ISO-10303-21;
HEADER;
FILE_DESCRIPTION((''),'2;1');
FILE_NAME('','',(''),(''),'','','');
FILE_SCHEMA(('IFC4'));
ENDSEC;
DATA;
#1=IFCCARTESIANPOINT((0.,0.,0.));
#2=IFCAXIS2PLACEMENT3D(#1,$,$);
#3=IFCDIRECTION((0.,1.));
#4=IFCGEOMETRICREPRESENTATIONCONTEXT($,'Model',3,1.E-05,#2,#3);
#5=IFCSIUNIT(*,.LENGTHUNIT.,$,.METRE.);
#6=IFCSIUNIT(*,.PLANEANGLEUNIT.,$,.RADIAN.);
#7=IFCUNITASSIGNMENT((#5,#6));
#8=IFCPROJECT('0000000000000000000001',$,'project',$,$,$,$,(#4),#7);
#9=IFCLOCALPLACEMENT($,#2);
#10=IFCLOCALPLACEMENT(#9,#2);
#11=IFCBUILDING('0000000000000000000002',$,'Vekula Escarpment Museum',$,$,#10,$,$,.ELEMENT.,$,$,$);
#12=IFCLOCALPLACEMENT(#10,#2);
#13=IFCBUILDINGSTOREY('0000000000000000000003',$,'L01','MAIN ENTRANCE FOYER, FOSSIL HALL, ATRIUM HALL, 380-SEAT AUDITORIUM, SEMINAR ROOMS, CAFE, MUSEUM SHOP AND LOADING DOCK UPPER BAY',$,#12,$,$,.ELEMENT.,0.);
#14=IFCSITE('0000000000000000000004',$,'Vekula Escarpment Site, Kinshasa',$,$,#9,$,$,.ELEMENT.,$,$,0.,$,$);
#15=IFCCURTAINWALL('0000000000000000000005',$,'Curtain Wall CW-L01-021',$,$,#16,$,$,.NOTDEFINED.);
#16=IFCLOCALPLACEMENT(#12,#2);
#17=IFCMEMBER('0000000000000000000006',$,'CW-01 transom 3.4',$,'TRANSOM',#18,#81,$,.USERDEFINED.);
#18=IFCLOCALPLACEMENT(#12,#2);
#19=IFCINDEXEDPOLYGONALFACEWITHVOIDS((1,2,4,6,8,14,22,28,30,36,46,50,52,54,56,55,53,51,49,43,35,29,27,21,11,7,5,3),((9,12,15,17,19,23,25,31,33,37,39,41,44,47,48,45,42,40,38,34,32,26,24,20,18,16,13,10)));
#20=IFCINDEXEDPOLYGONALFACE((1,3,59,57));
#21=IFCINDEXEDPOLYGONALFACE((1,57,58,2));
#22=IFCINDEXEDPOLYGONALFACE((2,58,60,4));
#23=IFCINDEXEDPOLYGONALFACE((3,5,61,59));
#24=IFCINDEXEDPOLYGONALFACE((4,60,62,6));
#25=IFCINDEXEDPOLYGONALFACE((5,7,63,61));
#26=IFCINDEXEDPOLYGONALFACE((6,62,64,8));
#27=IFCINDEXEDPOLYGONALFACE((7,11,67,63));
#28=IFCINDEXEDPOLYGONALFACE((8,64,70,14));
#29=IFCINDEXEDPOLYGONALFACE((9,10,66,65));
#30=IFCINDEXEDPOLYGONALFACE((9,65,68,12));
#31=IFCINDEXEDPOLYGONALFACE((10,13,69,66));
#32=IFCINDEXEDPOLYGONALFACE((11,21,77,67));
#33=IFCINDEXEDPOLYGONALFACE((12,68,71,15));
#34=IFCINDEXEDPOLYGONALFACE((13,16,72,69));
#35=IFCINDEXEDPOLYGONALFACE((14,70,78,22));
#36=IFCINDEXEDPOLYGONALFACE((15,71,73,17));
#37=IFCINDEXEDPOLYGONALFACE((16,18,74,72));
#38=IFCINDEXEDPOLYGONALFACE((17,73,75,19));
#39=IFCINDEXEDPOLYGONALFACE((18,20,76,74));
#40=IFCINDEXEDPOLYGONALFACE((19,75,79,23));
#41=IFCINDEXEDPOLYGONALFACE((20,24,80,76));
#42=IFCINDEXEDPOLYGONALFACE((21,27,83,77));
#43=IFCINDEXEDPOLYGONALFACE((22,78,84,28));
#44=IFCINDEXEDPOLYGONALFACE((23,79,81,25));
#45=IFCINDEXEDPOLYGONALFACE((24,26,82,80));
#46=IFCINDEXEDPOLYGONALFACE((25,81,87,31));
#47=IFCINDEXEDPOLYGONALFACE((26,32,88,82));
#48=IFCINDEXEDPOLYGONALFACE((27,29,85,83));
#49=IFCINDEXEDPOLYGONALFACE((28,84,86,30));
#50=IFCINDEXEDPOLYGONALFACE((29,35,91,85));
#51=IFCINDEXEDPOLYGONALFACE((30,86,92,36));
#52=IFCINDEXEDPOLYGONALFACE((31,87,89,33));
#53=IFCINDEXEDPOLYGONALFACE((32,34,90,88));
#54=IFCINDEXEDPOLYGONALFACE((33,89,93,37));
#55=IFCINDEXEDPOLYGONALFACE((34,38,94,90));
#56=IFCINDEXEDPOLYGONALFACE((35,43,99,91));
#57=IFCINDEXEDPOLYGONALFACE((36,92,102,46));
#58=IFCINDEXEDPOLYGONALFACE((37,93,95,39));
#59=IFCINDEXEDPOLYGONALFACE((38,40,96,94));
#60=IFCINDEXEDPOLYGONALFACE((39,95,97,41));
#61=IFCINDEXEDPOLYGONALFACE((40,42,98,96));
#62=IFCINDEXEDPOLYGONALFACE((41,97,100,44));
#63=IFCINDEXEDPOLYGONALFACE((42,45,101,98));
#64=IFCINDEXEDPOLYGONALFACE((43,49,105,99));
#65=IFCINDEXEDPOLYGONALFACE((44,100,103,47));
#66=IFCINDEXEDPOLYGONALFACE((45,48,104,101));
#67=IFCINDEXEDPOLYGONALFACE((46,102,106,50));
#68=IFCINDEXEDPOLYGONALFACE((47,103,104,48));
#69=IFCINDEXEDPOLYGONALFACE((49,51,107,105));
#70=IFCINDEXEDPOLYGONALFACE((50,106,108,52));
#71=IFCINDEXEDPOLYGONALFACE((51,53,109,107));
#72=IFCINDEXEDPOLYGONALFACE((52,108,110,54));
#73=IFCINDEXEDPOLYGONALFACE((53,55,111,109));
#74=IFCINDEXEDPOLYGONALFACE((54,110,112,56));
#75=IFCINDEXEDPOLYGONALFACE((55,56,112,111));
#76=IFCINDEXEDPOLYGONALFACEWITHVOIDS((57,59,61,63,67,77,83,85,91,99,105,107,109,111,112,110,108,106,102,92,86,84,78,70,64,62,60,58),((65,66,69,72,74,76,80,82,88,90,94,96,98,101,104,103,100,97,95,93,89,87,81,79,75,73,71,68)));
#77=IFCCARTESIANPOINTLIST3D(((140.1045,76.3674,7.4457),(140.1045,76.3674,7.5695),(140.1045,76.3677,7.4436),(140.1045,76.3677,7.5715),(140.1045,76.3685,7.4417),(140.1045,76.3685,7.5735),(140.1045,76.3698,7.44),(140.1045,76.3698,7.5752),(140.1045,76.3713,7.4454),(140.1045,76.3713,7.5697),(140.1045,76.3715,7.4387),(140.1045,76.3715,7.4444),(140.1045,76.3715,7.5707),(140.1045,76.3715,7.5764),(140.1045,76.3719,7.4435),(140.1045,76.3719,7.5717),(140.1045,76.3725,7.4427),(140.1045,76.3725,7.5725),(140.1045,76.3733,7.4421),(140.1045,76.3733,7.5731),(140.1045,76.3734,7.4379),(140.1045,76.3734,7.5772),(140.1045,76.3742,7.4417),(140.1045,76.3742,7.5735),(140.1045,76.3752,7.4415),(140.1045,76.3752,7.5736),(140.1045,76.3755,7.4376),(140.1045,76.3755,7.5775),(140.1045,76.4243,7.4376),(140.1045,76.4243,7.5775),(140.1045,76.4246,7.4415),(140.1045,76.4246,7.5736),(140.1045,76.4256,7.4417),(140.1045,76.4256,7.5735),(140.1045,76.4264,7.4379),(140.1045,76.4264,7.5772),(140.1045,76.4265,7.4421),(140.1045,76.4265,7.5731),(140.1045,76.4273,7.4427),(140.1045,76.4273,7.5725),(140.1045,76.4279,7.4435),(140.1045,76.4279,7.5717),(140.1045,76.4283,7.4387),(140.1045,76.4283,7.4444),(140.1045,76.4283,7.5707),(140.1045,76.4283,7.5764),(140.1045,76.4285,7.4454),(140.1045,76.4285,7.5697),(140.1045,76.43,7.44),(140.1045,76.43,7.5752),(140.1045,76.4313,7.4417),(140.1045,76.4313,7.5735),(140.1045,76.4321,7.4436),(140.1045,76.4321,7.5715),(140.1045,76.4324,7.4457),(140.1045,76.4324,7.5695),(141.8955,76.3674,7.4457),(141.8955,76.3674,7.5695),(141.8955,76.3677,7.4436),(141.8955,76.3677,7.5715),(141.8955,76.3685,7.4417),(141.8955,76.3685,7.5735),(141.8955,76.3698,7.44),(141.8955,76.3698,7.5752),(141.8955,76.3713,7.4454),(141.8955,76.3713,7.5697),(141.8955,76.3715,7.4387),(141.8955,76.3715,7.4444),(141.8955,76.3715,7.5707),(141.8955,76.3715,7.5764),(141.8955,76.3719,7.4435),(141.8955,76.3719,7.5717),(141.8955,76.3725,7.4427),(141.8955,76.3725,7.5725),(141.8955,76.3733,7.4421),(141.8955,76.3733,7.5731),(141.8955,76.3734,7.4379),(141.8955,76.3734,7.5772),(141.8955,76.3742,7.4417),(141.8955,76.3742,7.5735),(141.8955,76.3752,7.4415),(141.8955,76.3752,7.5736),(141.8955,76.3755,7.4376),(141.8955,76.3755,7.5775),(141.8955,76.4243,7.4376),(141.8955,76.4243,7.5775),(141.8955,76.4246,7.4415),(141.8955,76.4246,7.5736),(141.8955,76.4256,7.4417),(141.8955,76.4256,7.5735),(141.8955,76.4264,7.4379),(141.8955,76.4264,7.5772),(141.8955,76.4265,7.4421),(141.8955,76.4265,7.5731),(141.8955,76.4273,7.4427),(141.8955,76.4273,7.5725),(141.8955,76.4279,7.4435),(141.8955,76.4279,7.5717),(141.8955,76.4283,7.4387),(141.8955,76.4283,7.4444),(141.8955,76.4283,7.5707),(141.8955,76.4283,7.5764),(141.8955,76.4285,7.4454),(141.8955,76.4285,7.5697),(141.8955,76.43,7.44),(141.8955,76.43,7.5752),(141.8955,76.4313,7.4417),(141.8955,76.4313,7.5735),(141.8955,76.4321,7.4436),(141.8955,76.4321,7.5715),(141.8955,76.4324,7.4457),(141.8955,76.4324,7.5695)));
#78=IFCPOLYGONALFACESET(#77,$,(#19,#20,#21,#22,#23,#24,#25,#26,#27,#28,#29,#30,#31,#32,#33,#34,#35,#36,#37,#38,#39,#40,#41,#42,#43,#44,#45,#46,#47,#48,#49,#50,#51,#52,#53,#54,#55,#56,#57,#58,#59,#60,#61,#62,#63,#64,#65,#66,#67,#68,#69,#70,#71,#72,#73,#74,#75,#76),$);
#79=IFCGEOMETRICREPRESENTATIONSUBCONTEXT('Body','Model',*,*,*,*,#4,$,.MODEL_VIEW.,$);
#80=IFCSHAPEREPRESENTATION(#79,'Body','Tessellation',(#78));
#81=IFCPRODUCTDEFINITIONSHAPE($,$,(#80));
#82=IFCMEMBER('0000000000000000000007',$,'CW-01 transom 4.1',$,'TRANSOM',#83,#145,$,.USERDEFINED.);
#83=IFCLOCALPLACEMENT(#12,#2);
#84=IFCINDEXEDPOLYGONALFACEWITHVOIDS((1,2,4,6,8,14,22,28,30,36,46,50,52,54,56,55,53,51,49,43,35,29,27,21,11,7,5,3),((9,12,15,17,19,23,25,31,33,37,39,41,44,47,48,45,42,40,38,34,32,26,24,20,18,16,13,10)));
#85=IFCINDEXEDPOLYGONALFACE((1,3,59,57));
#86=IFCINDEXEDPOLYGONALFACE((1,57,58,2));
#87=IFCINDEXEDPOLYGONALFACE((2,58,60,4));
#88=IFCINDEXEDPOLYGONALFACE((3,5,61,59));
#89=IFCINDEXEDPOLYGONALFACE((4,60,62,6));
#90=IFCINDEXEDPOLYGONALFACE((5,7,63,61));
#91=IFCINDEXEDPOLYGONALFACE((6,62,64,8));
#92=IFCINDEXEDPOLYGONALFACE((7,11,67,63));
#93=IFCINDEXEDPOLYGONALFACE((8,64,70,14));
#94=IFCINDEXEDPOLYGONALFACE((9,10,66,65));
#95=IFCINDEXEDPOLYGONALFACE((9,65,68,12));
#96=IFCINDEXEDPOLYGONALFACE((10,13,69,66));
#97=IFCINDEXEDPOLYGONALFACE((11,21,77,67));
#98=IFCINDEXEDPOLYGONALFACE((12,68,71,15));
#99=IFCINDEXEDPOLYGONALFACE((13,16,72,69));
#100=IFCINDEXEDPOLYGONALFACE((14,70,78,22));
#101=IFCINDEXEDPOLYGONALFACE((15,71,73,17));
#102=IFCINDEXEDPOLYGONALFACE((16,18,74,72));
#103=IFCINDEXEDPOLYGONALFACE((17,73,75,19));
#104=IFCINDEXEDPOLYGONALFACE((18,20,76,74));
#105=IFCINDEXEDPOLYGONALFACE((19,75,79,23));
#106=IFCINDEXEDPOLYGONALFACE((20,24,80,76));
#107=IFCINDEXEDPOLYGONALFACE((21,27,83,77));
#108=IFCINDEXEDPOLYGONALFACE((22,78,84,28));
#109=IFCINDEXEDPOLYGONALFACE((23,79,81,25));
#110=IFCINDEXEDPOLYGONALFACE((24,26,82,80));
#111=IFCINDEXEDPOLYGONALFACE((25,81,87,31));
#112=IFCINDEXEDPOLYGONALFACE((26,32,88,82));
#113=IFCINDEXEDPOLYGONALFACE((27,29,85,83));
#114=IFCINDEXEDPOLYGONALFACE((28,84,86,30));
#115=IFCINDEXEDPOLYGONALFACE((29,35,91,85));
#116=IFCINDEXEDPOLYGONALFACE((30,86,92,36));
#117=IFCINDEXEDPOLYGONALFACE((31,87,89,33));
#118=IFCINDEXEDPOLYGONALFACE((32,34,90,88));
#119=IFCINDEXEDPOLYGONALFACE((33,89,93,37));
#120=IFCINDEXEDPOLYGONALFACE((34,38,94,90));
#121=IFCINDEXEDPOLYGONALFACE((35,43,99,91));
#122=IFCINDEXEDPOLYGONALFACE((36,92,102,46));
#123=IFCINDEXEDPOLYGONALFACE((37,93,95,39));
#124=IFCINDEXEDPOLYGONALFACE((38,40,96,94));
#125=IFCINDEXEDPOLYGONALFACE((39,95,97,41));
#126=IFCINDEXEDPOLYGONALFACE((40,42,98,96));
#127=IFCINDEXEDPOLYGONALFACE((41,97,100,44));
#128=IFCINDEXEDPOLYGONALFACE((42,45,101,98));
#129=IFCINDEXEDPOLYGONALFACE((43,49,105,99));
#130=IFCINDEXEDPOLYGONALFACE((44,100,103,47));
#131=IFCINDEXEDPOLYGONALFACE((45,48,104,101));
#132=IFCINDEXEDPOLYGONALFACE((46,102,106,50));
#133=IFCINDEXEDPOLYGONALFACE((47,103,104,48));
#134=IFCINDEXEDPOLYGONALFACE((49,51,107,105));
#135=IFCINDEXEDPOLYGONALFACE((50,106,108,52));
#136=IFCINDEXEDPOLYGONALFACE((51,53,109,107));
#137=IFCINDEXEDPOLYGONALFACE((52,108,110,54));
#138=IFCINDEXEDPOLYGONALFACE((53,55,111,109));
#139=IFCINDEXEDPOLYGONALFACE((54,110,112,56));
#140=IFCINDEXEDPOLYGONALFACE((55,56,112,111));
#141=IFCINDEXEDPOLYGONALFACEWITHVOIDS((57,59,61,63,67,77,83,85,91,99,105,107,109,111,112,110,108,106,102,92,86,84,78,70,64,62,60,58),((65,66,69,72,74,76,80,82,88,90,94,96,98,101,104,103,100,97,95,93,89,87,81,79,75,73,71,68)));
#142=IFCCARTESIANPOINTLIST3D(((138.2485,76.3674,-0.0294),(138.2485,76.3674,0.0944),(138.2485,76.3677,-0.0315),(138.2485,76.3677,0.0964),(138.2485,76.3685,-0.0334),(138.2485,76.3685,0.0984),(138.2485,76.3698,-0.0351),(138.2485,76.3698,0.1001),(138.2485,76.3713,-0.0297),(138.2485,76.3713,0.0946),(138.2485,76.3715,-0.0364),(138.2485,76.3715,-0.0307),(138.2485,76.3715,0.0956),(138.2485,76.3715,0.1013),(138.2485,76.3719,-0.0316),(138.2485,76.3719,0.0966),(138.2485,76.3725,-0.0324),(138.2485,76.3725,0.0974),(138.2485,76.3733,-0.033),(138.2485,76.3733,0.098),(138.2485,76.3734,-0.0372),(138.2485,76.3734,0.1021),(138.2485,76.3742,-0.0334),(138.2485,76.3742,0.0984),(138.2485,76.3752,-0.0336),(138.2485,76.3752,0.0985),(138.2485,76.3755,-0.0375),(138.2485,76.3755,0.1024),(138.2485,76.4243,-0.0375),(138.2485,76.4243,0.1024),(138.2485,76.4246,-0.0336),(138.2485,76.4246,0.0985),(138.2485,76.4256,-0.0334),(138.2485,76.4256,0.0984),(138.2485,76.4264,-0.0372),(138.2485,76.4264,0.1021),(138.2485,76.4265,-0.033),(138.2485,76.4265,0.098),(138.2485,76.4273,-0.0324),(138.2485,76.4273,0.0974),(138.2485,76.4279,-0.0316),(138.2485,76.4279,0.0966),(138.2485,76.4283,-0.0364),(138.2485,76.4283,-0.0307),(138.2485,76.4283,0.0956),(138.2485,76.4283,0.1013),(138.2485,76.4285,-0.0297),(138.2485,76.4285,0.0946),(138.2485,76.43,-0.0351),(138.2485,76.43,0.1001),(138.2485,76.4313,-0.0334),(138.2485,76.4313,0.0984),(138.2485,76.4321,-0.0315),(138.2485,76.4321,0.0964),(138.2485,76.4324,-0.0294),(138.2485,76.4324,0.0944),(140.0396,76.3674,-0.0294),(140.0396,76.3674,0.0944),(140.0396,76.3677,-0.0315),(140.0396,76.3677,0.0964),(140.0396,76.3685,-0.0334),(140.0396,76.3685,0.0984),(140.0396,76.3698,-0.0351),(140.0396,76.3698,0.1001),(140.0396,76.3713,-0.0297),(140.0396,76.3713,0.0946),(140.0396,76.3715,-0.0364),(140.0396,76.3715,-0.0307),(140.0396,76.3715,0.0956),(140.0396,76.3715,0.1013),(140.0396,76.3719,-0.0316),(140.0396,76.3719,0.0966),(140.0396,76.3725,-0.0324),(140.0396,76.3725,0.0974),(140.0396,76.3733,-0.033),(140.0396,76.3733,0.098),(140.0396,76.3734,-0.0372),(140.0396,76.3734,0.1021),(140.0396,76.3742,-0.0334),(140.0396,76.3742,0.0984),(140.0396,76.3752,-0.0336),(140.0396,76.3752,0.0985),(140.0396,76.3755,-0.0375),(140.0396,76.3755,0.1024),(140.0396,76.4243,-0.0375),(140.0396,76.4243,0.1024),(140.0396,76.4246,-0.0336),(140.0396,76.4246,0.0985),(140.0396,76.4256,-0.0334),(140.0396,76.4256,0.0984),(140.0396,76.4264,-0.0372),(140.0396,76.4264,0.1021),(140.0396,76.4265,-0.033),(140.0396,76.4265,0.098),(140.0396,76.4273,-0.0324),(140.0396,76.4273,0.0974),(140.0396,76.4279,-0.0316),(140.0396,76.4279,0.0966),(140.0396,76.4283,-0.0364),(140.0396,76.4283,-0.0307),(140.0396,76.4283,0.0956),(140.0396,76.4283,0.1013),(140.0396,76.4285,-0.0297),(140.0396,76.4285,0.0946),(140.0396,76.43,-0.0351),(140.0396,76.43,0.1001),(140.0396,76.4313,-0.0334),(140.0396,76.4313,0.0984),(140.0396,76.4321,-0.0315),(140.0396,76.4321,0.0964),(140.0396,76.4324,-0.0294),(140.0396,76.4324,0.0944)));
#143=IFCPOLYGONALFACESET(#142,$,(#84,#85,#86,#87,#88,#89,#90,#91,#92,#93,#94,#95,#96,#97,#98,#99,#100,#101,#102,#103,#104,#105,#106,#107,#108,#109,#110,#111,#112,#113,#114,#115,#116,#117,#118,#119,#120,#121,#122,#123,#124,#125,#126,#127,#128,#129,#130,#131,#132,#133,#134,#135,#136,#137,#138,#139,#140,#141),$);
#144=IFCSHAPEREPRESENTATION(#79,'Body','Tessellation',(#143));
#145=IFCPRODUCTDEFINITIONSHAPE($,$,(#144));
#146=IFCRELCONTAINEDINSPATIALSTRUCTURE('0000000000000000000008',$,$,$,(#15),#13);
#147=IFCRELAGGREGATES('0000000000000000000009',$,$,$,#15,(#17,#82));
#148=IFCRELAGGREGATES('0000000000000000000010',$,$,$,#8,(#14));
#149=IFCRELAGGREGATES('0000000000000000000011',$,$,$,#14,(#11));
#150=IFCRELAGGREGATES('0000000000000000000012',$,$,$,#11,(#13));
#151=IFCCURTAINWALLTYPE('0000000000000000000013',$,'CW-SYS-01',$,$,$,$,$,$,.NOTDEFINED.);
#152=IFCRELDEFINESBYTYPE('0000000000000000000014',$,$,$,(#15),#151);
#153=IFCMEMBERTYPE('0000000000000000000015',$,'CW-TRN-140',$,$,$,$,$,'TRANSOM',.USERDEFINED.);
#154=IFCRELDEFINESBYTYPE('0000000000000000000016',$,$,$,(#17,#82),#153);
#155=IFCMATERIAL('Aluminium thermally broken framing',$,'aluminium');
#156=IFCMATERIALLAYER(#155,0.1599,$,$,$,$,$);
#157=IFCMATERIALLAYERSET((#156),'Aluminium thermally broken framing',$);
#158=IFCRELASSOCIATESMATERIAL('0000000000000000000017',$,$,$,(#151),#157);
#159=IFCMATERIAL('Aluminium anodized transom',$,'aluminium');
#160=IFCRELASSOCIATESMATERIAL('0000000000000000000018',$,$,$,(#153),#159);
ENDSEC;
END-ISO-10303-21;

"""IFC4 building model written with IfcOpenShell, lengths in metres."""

from ifc_helpers import new_model, si_unit, direction, frame, origin, origin_2d, place, context, subcontext, project, spatial, hollow_rectangle, extrude, material, layer, layer_set, material_profile, profile_set, type_object, element, aggregate, save


model = new_model("IFC4")

# Units and contexts
model_context = context("Model", 3, precision=1e-05, world=origin(), true_north=direction((0.0, 1.0)))
body_context = subcontext(model_context, "Body", "Model", "MODEL_VIEW")
ifc_project = project(units=[si_unit("LENGTHUNIT", "METRE"), si_unit("PLANEANGLEUNIT", "RADIAN")], contexts=[model_context])

# Site, building, storey
site_placement = place(None, origin())
site = spatial("IfcSite", under=ifc_project, at=site_placement, Name="Vekula Escarpment Site, Kinshasa", CompositionType="ELEMENT", RefElevation=0.0)
building_placement = place(site_placement, origin())
building = spatial("IfcBuilding", under=site, at=building_placement, Name="Vekula Escarpment Museum", CompositionType="ELEMENT")
storey_placement = place(building_placement, origin())
storey = spatial("IfcBuildingStorey", under=building, at=storey_placement, Name="L01", Description="MAIN ENTRANCE FOYER, FOSSIL HALL, ATRIUM HALL, 380-SEAT AUDITORIUM, SEMINAR ROOMS, CAFE, MUSEUM SHOP AND LOADING DOCK UPPER BAY", CompositionType="ELEMENT", Elevation=0.0)

# Curtain wall, members
ifc_material_1 = material(Name="Aluminium thermally broken framing", Category="aluminium")
ifc_layer_1 = layer(ifc_material_1, 0.1599)
ifc_layer_set_1 = layer_set([ifc_layer_1], Name="Aluminium thermally broken framing")
curtain_wall_type = type_object("IfcCurtainWallType", Name="CW-SYS-01", PredefinedType="NOTDEFINED", material=ifc_layer_set_1)
curtain_wall_placement = place(storey_placement, origin())
curtain_wall = element("IfcCurtainWall", 1, at=curtain_wall_placement, inside=storey, type_object=curtain_wall_type, Name="Curtain Wall CW-L01-021", PredefinedType="NOTDEFINED")
ifc_material_2 = material(Name="Aluminium anodized transom", Category="aluminium")
ifc_material_profile_1 = material_profile(ifc_material_2, hollow_rectangle(XDim=0.0649, YDim=0.1399, WallThickness=0.0039, InnerFilletRadius=0.0039, OuterFilletRadius=0.0081, at=origin_2d()), Name="ALU 140x65x4")
ifc_profile_set_1 = profile_set([ifc_material_profile_1], Name="Aluminium anodized transom")
member_type_1 = type_object("IfcMemberType", Name="CW-TRN-140", ElementType="TRANSOM", PredefinedType="USERDEFINED", material=ifc_profile_set_1)
member_1_placement = place(storey_placement, frame((141.8955, 76.3999, 7.5076), z_axis=(-1.0, 0.0, 0.0), x_axis=(0.0, -1.0, 0.0)))
member_1 = element("IfcMember", 2, at=member_1_placement, type_object=member_type_1, Name="CW-01 transom 3.4", ObjectType="TRANSOM", PredefinedType="USERDEFINED", context=body_context, shape_type="SweptSolid", body=[
    extrude(hollow_rectangle(XDim=0.0649, YDim=0.1399, WallThickness=0.0039, InnerFilletRadius=0.0039, OuterFilletRadius=0.0081, at=origin_2d()), origin(), (0.0, 0.0, 1.0), 1.791),
])
member_2_placement = place(storey_placement, frame((140.0396, 76.3999, 0.0325), z_axis=(-1.0, 0.0, 0.0), x_axis=(0.0, -1.0, 0.0)))
member_2 = element("IfcMember", 3, at=member_2_placement, type_object=member_type_1, Name="CW-01 transom 4.1", ObjectType="TRANSOM", PredefinedType="USERDEFINED", context=body_context, shape_type="SweptSolid", body=[
    extrude(hollow_rectangle(XDim=0.0649, YDim=0.1399, WallThickness=0.0039, InnerFilletRadius=0.0039, OuterFilletRadius=0.0081, at=origin_2d()), origin(), (0.0, 0.0, 1.0), 1.791),
])
aggregate(curtain_wall, [member_1, member_2])

save(model, "model.ifc")
